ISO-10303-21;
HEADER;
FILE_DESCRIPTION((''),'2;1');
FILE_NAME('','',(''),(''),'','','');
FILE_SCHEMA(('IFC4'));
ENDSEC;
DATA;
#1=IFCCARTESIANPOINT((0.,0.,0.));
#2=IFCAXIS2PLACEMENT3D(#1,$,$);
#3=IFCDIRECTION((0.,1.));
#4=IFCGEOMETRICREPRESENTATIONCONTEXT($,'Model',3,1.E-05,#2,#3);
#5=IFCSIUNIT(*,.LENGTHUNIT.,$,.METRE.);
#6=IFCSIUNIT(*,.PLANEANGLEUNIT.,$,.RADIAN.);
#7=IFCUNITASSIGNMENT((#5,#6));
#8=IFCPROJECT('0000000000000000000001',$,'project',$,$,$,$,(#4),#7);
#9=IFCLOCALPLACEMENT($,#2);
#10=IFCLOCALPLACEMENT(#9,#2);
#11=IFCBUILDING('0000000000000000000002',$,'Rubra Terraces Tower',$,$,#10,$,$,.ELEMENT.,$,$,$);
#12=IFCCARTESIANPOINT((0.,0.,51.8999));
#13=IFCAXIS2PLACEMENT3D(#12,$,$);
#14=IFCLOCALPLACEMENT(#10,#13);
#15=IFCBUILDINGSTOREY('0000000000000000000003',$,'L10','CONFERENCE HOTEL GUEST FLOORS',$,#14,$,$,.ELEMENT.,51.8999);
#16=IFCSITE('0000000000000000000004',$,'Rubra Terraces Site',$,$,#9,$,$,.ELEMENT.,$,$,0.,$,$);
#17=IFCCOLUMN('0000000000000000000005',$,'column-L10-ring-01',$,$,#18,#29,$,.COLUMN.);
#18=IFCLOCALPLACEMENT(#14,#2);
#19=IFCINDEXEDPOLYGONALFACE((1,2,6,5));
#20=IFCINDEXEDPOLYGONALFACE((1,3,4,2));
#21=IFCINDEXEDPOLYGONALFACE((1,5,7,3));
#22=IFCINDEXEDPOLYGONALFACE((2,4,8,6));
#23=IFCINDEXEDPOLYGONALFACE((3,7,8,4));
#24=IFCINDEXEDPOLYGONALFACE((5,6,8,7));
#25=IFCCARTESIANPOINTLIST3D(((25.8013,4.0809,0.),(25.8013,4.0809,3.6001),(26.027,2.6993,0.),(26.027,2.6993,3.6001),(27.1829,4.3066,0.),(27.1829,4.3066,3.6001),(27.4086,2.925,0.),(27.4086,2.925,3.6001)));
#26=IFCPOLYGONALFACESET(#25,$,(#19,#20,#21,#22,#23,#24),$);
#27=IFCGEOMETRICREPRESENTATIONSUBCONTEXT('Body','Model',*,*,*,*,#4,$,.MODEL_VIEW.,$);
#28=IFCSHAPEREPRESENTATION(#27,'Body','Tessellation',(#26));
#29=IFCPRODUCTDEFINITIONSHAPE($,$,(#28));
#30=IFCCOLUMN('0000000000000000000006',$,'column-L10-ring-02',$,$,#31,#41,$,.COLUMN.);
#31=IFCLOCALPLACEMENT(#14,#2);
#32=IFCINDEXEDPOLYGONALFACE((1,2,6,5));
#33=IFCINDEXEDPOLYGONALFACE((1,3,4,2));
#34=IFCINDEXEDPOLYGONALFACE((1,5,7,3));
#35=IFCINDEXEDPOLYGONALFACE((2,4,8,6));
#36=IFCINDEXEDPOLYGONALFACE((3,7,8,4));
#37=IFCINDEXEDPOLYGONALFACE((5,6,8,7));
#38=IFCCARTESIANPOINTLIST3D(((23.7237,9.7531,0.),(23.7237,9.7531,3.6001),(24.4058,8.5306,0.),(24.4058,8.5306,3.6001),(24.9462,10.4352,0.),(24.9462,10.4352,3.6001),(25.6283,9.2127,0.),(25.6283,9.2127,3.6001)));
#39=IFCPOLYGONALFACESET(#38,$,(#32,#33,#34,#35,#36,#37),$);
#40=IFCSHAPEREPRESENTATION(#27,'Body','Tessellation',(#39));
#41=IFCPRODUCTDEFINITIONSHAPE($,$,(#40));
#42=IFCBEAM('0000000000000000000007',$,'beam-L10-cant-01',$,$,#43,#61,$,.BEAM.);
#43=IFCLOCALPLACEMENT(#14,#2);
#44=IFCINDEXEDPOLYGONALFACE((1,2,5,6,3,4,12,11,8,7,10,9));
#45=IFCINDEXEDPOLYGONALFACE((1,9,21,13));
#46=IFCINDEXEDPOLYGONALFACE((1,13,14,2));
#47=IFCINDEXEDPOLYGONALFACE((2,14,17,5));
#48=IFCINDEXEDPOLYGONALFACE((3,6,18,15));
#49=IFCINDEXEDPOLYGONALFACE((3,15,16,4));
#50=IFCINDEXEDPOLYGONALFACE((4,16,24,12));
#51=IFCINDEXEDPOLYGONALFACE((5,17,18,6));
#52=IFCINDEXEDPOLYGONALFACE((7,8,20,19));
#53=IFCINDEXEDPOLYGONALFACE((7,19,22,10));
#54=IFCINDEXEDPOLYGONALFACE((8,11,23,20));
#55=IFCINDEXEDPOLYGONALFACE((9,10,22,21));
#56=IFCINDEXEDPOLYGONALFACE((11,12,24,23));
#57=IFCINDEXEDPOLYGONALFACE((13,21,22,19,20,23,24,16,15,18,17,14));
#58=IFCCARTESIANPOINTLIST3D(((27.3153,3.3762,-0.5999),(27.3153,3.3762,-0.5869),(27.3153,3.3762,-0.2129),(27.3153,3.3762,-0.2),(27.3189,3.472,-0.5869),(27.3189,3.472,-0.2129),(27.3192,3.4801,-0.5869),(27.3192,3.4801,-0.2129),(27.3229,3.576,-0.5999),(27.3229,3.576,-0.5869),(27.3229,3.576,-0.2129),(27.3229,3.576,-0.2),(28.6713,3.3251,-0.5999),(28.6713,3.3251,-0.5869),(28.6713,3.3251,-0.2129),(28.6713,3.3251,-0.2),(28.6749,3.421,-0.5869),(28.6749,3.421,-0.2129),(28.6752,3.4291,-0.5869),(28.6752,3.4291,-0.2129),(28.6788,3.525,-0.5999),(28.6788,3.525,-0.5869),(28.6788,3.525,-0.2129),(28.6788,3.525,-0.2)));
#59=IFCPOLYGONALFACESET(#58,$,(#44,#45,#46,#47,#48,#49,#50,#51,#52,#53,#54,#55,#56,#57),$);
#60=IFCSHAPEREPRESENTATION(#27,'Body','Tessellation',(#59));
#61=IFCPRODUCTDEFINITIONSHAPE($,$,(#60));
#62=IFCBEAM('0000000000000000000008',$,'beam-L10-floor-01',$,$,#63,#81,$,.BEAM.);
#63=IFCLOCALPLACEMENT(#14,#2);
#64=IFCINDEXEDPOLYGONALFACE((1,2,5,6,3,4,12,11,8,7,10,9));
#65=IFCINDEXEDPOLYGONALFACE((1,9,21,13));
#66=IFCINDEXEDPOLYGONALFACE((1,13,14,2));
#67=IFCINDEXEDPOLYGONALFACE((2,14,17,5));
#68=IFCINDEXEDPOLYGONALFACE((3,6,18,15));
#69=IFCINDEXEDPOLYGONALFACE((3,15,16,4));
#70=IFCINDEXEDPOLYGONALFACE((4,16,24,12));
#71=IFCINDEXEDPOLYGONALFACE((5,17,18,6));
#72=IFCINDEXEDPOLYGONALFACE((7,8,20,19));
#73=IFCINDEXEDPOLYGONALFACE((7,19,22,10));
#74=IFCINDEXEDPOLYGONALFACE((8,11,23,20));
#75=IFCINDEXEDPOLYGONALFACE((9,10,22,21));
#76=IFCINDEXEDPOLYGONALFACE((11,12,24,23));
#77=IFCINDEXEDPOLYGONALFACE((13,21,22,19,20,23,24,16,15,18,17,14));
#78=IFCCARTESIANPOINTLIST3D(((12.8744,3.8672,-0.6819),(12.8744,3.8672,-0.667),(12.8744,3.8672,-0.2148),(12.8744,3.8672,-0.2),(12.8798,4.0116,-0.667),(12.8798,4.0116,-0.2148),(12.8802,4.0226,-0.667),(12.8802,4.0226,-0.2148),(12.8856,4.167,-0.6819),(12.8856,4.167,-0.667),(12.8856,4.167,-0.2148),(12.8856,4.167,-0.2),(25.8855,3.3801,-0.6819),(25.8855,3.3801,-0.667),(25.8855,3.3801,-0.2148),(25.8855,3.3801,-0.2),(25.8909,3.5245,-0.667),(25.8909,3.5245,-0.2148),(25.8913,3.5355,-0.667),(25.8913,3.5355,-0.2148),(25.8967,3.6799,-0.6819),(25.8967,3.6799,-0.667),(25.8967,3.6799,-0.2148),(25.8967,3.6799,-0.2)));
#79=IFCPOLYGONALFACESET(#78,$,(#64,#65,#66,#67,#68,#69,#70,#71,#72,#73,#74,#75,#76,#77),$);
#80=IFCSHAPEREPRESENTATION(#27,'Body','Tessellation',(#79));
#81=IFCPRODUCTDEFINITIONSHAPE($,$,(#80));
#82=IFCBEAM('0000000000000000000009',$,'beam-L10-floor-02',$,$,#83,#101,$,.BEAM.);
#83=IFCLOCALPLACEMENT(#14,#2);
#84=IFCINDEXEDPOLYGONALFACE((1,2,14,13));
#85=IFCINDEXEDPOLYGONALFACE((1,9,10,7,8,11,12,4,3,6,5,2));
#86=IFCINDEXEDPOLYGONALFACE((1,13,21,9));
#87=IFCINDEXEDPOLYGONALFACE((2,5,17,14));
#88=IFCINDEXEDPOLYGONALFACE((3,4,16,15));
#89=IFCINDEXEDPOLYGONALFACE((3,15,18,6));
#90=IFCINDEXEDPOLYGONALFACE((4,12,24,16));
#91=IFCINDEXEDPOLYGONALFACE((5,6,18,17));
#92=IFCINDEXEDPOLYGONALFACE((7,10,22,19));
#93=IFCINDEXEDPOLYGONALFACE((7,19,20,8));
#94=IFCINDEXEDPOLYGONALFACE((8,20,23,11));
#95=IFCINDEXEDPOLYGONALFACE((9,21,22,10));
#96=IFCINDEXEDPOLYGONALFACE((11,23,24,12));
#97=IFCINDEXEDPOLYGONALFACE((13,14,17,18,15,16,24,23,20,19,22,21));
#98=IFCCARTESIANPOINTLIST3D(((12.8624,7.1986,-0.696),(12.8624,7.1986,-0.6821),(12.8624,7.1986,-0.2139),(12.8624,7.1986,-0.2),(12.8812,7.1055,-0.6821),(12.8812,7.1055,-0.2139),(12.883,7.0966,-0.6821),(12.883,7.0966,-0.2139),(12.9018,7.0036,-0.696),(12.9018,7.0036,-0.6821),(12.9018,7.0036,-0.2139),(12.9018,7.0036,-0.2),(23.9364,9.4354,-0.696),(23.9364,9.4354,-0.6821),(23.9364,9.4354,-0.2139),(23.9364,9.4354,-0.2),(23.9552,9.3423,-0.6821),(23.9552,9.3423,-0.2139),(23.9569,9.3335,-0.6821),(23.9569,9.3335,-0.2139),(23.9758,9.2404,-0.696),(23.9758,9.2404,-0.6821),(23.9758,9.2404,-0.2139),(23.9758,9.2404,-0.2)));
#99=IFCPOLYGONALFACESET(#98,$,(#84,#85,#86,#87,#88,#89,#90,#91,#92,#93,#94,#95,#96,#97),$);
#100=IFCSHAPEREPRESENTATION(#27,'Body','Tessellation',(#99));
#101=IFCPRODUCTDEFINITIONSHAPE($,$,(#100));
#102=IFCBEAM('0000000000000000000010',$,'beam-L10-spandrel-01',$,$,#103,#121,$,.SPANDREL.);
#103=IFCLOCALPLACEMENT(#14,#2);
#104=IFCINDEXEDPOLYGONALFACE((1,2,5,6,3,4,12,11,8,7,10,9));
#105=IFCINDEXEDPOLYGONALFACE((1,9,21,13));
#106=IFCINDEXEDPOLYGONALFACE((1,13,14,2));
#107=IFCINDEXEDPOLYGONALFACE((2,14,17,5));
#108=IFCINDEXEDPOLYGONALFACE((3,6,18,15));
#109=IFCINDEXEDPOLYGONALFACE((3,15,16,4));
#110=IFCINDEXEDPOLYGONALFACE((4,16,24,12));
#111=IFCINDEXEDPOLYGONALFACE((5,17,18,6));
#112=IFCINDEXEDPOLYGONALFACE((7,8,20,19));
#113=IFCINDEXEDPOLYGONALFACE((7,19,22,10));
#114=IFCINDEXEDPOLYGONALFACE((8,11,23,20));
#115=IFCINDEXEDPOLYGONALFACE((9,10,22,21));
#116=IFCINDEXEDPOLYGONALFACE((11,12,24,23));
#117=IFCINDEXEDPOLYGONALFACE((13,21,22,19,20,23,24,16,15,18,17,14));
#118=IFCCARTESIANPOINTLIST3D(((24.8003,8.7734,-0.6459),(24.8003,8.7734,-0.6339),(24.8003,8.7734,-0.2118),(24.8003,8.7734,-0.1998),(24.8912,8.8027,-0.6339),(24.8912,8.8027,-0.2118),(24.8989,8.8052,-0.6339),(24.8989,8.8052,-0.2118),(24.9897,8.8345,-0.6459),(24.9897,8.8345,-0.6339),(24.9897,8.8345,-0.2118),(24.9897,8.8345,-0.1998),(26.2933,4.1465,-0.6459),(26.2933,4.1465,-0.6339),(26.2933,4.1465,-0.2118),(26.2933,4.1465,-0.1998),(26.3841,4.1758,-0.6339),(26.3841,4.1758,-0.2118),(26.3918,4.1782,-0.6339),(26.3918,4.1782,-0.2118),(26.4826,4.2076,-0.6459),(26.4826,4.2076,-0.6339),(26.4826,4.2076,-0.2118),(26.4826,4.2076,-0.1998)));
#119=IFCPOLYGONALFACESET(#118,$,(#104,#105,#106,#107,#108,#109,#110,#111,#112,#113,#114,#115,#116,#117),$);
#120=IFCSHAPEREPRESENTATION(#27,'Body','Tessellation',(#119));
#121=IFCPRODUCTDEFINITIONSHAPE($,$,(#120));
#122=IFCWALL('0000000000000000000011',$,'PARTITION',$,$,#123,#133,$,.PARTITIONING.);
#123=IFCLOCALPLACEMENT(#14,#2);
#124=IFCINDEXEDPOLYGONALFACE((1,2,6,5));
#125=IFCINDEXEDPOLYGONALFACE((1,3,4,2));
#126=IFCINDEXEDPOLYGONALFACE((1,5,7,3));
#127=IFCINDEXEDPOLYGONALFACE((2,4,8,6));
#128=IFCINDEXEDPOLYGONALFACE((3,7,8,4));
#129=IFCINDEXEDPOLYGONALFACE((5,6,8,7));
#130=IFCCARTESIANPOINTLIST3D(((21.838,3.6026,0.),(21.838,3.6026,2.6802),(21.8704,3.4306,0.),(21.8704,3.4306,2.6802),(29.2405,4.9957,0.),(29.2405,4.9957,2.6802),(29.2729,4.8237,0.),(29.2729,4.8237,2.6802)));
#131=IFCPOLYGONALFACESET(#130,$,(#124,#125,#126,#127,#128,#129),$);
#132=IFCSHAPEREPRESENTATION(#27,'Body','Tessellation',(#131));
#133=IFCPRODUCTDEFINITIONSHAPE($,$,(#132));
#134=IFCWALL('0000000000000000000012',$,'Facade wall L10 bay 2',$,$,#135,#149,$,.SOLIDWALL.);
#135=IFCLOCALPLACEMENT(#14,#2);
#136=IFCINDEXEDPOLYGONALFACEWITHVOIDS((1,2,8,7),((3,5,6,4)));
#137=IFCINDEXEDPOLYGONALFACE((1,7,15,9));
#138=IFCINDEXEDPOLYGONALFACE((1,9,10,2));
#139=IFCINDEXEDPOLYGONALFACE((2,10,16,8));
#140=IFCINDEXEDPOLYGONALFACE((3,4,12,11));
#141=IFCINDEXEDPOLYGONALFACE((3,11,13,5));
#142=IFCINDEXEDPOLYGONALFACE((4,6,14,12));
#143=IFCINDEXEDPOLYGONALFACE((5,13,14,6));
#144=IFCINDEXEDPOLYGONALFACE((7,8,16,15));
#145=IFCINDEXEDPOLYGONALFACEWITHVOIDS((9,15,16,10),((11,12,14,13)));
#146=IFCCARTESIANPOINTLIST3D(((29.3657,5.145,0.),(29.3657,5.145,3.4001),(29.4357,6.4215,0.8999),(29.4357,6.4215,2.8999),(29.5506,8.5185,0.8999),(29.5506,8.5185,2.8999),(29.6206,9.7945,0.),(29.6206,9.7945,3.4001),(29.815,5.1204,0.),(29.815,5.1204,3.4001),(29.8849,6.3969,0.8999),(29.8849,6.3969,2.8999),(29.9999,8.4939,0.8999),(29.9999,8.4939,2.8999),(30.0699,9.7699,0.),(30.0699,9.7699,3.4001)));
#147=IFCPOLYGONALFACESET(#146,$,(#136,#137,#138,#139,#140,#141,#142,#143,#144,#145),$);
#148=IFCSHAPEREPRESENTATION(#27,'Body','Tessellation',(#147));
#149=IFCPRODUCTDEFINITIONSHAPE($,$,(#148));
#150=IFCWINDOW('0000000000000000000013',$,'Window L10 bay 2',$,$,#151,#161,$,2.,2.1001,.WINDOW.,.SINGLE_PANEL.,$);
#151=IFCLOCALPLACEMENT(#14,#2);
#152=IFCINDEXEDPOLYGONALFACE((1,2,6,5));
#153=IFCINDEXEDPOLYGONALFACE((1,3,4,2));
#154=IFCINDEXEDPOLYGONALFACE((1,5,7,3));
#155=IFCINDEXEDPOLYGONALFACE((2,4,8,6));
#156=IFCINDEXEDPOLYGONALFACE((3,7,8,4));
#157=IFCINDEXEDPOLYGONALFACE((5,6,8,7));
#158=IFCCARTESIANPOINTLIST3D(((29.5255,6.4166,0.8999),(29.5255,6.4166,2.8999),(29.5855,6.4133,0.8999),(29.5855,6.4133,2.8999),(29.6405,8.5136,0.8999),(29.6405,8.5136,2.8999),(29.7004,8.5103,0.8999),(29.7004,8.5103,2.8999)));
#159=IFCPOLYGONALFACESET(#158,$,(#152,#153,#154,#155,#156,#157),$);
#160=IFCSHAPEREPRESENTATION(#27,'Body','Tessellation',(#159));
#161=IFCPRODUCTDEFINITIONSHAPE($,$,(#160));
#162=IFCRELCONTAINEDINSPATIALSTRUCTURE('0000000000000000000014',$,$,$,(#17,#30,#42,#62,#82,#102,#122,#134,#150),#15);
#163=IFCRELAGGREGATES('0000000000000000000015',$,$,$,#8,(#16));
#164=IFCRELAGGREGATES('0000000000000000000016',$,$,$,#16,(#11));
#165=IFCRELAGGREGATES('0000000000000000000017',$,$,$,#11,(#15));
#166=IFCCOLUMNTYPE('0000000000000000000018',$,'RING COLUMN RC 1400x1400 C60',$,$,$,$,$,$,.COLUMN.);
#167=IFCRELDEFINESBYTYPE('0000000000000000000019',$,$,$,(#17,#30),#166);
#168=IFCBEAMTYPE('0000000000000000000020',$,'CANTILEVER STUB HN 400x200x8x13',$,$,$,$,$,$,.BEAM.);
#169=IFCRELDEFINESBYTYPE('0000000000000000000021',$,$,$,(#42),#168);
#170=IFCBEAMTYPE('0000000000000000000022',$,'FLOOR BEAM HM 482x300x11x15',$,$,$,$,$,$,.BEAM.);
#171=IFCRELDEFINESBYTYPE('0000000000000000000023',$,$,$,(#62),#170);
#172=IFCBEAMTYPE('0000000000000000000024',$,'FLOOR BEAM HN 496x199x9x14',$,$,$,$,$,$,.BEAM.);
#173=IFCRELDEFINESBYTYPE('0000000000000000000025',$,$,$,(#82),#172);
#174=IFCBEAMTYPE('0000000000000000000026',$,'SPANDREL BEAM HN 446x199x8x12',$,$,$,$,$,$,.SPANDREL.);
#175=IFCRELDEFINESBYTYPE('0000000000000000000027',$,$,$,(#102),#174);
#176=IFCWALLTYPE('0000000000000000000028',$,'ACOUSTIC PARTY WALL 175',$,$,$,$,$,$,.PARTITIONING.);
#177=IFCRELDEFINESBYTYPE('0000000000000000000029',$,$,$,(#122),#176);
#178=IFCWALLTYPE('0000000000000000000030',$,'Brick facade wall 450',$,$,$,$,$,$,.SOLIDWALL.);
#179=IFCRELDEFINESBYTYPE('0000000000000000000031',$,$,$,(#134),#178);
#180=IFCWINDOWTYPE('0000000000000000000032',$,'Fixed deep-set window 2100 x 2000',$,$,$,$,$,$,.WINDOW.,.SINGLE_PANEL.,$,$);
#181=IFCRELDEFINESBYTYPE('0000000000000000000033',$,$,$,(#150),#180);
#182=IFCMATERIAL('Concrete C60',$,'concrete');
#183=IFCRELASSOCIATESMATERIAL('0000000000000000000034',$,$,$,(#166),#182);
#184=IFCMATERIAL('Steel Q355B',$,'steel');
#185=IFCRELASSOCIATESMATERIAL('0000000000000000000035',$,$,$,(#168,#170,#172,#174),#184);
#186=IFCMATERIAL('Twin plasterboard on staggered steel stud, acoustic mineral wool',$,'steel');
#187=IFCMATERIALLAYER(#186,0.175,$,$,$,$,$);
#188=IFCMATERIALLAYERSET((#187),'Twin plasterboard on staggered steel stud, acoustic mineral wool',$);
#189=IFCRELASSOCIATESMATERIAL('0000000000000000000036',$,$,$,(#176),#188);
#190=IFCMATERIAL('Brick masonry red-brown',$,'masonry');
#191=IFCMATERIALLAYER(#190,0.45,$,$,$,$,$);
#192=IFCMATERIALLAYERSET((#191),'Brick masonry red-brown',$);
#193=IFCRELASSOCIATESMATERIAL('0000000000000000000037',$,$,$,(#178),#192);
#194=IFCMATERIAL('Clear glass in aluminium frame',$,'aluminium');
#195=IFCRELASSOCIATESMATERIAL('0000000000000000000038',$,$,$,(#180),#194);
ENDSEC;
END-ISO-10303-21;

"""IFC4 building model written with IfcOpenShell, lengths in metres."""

from ifc_helpers import new_model, si_unit, direction, frame, frame_2d, origin, origin_2d, place, context, subcontext, project, spatial, rectangle, i_section, extrude, material, layer, layer_set, material_profile, profile_set, type_object, element, fill, save


model = new_model("IFC4")

# Units and contexts
model_context = context("Model", 3, precision=1e-05, world=origin(), true_north=direction((0.0, 1.0)))
body_context = subcontext(model_context, "Body", "Model", "MODEL_VIEW")
ifc_project = project(units=[si_unit("LENGTHUNIT", "METRE"), si_unit("PLANEANGLEUNIT", "RADIAN")], contexts=[model_context])

# Site, building, storey
site_placement = place(None, origin())
site = spatial("IfcSite", under=ifc_project, at=site_placement, Name="Rubra Terraces Site", CompositionType="ELEMENT", RefElevation=0.0)
building_placement = place(site_placement, origin())
building = spatial("IfcBuilding", under=site, at=building_placement, Name="Rubra Terraces Tower", CompositionType="ELEMENT")
storey_placement = place(building_placement, frame((0.0, 0.0, 51.8999)))
storey = spatial("IfcBuildingStorey", under=building, at=storey_placement, Name="L10", Description="CONFERENCE HOTEL GUEST FLOORS", CompositionType="ELEMENT", Elevation=51.8999)

# Columns
ifc_material_1 = material(Name="Concrete C60", Category="concrete")
ifc_material_profile_1 = material_profile(ifc_material_1, rectangle(XDim=1.3999, YDim=1.3999, at=origin_2d()), Name="RC 1400x1400")
ifc_profile_set_1 = profile_set([ifc_material_profile_1], Name="Concrete C60")
column_type = type_object("IfcColumnType", Name="RING COLUMN RC 1400x1400 C60", PredefinedType="COLUMN", material=ifc_profile_set_1)
for number, where, z_axis, x_axis, name in (
    (1, (26.605, 3.5029, 0.0), (0.0, 0.0, 1.0), (-0.161234, 0.986916, 0.0), "column-L10-ring-01"),
    (2, (24.676, 9.4829, 0.0), (0.0, 0.0, 1.0), (-0.487227, 0.873276, 0.0), "column-L10-ring-02"),
):
    element("IfcColumn", number, at=place(storey_placement, frame(where, z_axis=z_axis, x_axis=x_axis)), inside=storey, type_object=column_type, Name=name, PredefinedType="COLUMN", context=body_context, shape_type="SweptSolid", body=[
        extrude(rectangle(XDim=1.3999, YDim=1.3999, at=origin_2d()), origin(), (0.0, 0.0, 1.0), 3.6001),
    ])

# Beams
ifc_material_2 = material(Name="Steel Q355B", Category="steel")
ifc_material_profile_2 = material_profile(ifc_material_2, i_section(OverallWidth=0.2, OverallDepth=0.3999, WebThickness=0.0081, FlangeThickness=0.0129, at=origin_2d()), Name="HN 400x200x8x13")
ifc_profile_set_2 = profile_set([ifc_material_profile_2], Name="Steel Q355B")
beam_type_1 = type_object("IfcBeamType", Name="CANTILEVER STUB HN 400x200x8x13", PredefinedType="BEAM", material=ifc_profile_set_2)
beam_1_placement = place(storey_placement, frame((27.3191, 3.4761, -0.3999), z_axis=(0.999293, -0.037604, 0.0), x_axis=(0.037604, 0.999293, 0.0)))
element("IfcBeam", 3, at=beam_1_placement, inside=storey, type_object=beam_type_1, Name="beam-L10-cant-01", PredefinedType="BEAM", context=body_context, shape_type="SweptSolid", body=[
    extrude(i_section(OverallWidth=0.2, OverallDepth=0.3999, WebThickness=0.0081, FlangeThickness=0.0129, at=origin_2d()), origin(), (0.0, 0.0, 1.0), 1.3569),
])
ifc_material_profile_3 = material_profile(ifc_material_2, i_section(OverallWidth=0.3, OverallDepth=0.4819, WebThickness=0.011, FlangeThickness=0.0149, at=origin_2d()), Name="HM 482x300x11x15")
ifc_profile_set_3 = profile_set([ifc_material_profile_3], Name="Steel Q355B")
beam_type_2 = type_object("IfcBeamType", Name="FLOOR BEAM HM 482x300x11x15", PredefinedType="BEAM", material=ifc_profile_set_3)
beam_2_placement = place(storey_placement, frame((25.8911, 3.53, -0.4409), z_axis=(-0.9993, 0.037408, 0.0), x_axis=(-0.037408, -0.9993, 0.0)))
element("IfcBeam", 4, at=beam_2_placement, inside=storey, type_object=beam_type_2, Name="beam-L10-floor-01", PredefinedType="BEAM", context=body_context, shape_type="SweptSolid", body=[
    extrude(i_section(OverallWidth=0.3, OverallDepth=0.4819, WebThickness=0.011, FlangeThickness=0.0149, at=origin_2d()), origin(), (0.0, 0.0, 1.0), 13.0203),
])
ifc_material_profile_4 = material_profile(ifc_material_2, i_section(OverallWidth=0.199, OverallDepth=0.4961, WebThickness=0.009, FlangeThickness=0.0139, at=origin_2d()), Name="HN 496x199x9x14")
ifc_profile_set_4 = profile_set([ifc_material_profile_4], Name="Steel Q355B")
beam_type_3 = type_object("IfcBeamType", Name="FLOOR BEAM HN 496x199x9x14", PredefinedType="BEAM", material=ifc_profile_set_4)
beam_3_placement = place(storey_placement, frame((23.9561, 9.3379, -0.448), z_axis=(-0.980204, -0.19799, 0.0), x_axis=(0.19799, -0.980204, 0.0)))
element("IfcBeam", 5, at=beam_3_placement, inside=storey, type_object=beam_type_3, Name="beam-L10-floor-02", PredefinedType="BEAM", context=body_context, shape_type="SweptSolid", body=[
    extrude(i_section(OverallWidth=0.199, OverallDepth=0.4961, WebThickness=0.009, FlangeThickness=0.0139, at=origin_2d()), origin(), (0.0, 0.0, 1.0), 11.2976),
])
ifc_material_profile_5 = material_profile(ifc_material_2, i_section(OverallWidth=0.199, OverallDepth=0.446, WebThickness=0.0081, FlangeThickness=0.012, at=origin_2d()), Name="HN 446x199x8x12")
ifc_profile_set_5 = profile_set([ifc_material_profile_5], Name="Steel Q355B")
beam_type_4 = type_object("IfcBeamType", Name="SPANDREL BEAM HN 446x199x8x12", PredefinedType="SPANDREL", material=ifc_profile_set_5)
beam_4_placement = place(storey_placement, frame((26.3879, 4.177, -0.4229), z_axis=(-0.307069, 0.951687, 0.0), x_axis=(-0.951687, -0.307069, 0.0)))
element("IfcBeam", 6, at=beam_4_placement, inside=storey, type_object=beam_type_4, Name="beam-L10-spandrel-01", PredefinedType="SPANDREL", context=body_context, shape_type="SweptSolid", body=[
    extrude(i_section(OverallWidth=0.199, OverallDepth=0.446, WebThickness=0.0081, FlangeThickness=0.012, at=origin_2d()), origin(), (0.0, 0.0, 1.0), 4.8618),
])

# Wall
ifc_material_3 = material(Name="Twin plasterboard on staggered steel stud, acoustic mineral wool", Category="steel")
ifc_layer_1 = layer(ifc_material_3, 0.175)
ifc_layer_set_1 = layer_set([ifc_layer_1], Name="Twin plasterboard on staggered steel stud, acoustic mineral wool")
wall_type_1 = type_object("IfcWallType", Name="ACOUSTIC PARTY WALL 175", PredefinedType="PARTITIONING", material=ifc_layer_set_1)
wall_1_placement = place(storey_placement, frame((29.2566, 4.9097, 0.0), z_axis=(0.0, 0.0, 1.0), x_axis=(-0.98275, -0.18494, 0.0)))
element("IfcWall", 7, at=wall_1_placement, inside=storey, type_object=wall_type_1, Name="PARTITION", PredefinedType="PARTITIONING", context=body_context, shape_type="SweptSolid", body=[
    extrude(rectangle(XDim=7.5325, YDim=0.175, at=frame_2d((3.7661, 0.0))), origin(), (0.0, 0.0, 1.0), 2.6802),
])

# Wall, opening, window
ifc_material_4 = material(Name="Brick masonry red-brown", Category="masonry")
ifc_layer_2 = layer(ifc_material_4, 0.45)
ifc_layer_set_2 = layer_set([ifc_layer_2], Name="Brick masonry red-brown")
wall_type_2 = type_object("IfcWallType", Name="Brick facade wall 450", PredefinedType="SOLIDWALL", material=ifc_layer_set_2)
wall_2_placement = place(storey_placement, frame((29.5903, 5.1328, 0.0), z_axis=(0.0, 0.0, 1.0), x_axis=(0.054738, 0.998501, 0.0)))
wall_2 = element("IfcWall", 8, at=wall_2_placement, inside=storey, type_object=wall_type_2, Name="Facade wall L10 bay 2", PredefinedType="SOLIDWALL", context=body_context, shape_type="SweptSolid", body=[
    extrude(rectangle(XDim=4.6565, YDim=0.45, at=frame_2d((2.3281, 0.0))), origin(), (0.0, 0.0, 1.0), 3.4001),
])
opening_1_placement = place(wall_2_placement, frame((1.2783, 0.0, 0.8999)))
opening_1 = element("IfcOpeningElement", 9, at=opening_1_placement, cuts=wall_2, PredefinedType="OPENING", context=body_context, shape_type="SweptSolid", body=[
    extrude(rectangle(XDim=2.1001, YDim=2.0, at=frame_2d((1.05, 1.0))), frame((0.0, 0.2349, 0.0), z_axis=(0.0, -1.0, 0.0), x_axis=(1.0, 0.0, 0.0)), (0.0, 0.0, 1.0), 0.47),
])
ifc_material_5 = material(Name="Clear glass in aluminium frame", Category="aluminium")
window_type = type_object("IfcWindowType", Name="Fixed deep-set window 2100 x 2000", PartitioningType="SINGLE_PANEL", PredefinedType="WINDOW", material=ifc_material_5)
window_1_placement = place(opening_1_placement, origin())
window_1 = element("IfcWindow", 10, at=window_1_placement, inside=storey, type_object=window_type, Name="Window L10 bay 2", OverallHeight=2.0, OverallWidth=2.1001, PartitioningType="SINGLE_PANEL", PredefinedType="WINDOW", context=body_context, shape_type="SweptSolid", body=[
    extrude(rectangle(XDim=2.1001, YDim=2.0, at=frame_2d((1.05, 1.0))), frame((0.0, 0.135, 0.0), z_axis=(0.0, -1.0, 0.0), x_axis=(1.0, 0.0, 0.0)), (0.0, 0.0, 1.0), 0.0601),
])
fill(opening_1, window_1)

save(model, "model.ifc")
